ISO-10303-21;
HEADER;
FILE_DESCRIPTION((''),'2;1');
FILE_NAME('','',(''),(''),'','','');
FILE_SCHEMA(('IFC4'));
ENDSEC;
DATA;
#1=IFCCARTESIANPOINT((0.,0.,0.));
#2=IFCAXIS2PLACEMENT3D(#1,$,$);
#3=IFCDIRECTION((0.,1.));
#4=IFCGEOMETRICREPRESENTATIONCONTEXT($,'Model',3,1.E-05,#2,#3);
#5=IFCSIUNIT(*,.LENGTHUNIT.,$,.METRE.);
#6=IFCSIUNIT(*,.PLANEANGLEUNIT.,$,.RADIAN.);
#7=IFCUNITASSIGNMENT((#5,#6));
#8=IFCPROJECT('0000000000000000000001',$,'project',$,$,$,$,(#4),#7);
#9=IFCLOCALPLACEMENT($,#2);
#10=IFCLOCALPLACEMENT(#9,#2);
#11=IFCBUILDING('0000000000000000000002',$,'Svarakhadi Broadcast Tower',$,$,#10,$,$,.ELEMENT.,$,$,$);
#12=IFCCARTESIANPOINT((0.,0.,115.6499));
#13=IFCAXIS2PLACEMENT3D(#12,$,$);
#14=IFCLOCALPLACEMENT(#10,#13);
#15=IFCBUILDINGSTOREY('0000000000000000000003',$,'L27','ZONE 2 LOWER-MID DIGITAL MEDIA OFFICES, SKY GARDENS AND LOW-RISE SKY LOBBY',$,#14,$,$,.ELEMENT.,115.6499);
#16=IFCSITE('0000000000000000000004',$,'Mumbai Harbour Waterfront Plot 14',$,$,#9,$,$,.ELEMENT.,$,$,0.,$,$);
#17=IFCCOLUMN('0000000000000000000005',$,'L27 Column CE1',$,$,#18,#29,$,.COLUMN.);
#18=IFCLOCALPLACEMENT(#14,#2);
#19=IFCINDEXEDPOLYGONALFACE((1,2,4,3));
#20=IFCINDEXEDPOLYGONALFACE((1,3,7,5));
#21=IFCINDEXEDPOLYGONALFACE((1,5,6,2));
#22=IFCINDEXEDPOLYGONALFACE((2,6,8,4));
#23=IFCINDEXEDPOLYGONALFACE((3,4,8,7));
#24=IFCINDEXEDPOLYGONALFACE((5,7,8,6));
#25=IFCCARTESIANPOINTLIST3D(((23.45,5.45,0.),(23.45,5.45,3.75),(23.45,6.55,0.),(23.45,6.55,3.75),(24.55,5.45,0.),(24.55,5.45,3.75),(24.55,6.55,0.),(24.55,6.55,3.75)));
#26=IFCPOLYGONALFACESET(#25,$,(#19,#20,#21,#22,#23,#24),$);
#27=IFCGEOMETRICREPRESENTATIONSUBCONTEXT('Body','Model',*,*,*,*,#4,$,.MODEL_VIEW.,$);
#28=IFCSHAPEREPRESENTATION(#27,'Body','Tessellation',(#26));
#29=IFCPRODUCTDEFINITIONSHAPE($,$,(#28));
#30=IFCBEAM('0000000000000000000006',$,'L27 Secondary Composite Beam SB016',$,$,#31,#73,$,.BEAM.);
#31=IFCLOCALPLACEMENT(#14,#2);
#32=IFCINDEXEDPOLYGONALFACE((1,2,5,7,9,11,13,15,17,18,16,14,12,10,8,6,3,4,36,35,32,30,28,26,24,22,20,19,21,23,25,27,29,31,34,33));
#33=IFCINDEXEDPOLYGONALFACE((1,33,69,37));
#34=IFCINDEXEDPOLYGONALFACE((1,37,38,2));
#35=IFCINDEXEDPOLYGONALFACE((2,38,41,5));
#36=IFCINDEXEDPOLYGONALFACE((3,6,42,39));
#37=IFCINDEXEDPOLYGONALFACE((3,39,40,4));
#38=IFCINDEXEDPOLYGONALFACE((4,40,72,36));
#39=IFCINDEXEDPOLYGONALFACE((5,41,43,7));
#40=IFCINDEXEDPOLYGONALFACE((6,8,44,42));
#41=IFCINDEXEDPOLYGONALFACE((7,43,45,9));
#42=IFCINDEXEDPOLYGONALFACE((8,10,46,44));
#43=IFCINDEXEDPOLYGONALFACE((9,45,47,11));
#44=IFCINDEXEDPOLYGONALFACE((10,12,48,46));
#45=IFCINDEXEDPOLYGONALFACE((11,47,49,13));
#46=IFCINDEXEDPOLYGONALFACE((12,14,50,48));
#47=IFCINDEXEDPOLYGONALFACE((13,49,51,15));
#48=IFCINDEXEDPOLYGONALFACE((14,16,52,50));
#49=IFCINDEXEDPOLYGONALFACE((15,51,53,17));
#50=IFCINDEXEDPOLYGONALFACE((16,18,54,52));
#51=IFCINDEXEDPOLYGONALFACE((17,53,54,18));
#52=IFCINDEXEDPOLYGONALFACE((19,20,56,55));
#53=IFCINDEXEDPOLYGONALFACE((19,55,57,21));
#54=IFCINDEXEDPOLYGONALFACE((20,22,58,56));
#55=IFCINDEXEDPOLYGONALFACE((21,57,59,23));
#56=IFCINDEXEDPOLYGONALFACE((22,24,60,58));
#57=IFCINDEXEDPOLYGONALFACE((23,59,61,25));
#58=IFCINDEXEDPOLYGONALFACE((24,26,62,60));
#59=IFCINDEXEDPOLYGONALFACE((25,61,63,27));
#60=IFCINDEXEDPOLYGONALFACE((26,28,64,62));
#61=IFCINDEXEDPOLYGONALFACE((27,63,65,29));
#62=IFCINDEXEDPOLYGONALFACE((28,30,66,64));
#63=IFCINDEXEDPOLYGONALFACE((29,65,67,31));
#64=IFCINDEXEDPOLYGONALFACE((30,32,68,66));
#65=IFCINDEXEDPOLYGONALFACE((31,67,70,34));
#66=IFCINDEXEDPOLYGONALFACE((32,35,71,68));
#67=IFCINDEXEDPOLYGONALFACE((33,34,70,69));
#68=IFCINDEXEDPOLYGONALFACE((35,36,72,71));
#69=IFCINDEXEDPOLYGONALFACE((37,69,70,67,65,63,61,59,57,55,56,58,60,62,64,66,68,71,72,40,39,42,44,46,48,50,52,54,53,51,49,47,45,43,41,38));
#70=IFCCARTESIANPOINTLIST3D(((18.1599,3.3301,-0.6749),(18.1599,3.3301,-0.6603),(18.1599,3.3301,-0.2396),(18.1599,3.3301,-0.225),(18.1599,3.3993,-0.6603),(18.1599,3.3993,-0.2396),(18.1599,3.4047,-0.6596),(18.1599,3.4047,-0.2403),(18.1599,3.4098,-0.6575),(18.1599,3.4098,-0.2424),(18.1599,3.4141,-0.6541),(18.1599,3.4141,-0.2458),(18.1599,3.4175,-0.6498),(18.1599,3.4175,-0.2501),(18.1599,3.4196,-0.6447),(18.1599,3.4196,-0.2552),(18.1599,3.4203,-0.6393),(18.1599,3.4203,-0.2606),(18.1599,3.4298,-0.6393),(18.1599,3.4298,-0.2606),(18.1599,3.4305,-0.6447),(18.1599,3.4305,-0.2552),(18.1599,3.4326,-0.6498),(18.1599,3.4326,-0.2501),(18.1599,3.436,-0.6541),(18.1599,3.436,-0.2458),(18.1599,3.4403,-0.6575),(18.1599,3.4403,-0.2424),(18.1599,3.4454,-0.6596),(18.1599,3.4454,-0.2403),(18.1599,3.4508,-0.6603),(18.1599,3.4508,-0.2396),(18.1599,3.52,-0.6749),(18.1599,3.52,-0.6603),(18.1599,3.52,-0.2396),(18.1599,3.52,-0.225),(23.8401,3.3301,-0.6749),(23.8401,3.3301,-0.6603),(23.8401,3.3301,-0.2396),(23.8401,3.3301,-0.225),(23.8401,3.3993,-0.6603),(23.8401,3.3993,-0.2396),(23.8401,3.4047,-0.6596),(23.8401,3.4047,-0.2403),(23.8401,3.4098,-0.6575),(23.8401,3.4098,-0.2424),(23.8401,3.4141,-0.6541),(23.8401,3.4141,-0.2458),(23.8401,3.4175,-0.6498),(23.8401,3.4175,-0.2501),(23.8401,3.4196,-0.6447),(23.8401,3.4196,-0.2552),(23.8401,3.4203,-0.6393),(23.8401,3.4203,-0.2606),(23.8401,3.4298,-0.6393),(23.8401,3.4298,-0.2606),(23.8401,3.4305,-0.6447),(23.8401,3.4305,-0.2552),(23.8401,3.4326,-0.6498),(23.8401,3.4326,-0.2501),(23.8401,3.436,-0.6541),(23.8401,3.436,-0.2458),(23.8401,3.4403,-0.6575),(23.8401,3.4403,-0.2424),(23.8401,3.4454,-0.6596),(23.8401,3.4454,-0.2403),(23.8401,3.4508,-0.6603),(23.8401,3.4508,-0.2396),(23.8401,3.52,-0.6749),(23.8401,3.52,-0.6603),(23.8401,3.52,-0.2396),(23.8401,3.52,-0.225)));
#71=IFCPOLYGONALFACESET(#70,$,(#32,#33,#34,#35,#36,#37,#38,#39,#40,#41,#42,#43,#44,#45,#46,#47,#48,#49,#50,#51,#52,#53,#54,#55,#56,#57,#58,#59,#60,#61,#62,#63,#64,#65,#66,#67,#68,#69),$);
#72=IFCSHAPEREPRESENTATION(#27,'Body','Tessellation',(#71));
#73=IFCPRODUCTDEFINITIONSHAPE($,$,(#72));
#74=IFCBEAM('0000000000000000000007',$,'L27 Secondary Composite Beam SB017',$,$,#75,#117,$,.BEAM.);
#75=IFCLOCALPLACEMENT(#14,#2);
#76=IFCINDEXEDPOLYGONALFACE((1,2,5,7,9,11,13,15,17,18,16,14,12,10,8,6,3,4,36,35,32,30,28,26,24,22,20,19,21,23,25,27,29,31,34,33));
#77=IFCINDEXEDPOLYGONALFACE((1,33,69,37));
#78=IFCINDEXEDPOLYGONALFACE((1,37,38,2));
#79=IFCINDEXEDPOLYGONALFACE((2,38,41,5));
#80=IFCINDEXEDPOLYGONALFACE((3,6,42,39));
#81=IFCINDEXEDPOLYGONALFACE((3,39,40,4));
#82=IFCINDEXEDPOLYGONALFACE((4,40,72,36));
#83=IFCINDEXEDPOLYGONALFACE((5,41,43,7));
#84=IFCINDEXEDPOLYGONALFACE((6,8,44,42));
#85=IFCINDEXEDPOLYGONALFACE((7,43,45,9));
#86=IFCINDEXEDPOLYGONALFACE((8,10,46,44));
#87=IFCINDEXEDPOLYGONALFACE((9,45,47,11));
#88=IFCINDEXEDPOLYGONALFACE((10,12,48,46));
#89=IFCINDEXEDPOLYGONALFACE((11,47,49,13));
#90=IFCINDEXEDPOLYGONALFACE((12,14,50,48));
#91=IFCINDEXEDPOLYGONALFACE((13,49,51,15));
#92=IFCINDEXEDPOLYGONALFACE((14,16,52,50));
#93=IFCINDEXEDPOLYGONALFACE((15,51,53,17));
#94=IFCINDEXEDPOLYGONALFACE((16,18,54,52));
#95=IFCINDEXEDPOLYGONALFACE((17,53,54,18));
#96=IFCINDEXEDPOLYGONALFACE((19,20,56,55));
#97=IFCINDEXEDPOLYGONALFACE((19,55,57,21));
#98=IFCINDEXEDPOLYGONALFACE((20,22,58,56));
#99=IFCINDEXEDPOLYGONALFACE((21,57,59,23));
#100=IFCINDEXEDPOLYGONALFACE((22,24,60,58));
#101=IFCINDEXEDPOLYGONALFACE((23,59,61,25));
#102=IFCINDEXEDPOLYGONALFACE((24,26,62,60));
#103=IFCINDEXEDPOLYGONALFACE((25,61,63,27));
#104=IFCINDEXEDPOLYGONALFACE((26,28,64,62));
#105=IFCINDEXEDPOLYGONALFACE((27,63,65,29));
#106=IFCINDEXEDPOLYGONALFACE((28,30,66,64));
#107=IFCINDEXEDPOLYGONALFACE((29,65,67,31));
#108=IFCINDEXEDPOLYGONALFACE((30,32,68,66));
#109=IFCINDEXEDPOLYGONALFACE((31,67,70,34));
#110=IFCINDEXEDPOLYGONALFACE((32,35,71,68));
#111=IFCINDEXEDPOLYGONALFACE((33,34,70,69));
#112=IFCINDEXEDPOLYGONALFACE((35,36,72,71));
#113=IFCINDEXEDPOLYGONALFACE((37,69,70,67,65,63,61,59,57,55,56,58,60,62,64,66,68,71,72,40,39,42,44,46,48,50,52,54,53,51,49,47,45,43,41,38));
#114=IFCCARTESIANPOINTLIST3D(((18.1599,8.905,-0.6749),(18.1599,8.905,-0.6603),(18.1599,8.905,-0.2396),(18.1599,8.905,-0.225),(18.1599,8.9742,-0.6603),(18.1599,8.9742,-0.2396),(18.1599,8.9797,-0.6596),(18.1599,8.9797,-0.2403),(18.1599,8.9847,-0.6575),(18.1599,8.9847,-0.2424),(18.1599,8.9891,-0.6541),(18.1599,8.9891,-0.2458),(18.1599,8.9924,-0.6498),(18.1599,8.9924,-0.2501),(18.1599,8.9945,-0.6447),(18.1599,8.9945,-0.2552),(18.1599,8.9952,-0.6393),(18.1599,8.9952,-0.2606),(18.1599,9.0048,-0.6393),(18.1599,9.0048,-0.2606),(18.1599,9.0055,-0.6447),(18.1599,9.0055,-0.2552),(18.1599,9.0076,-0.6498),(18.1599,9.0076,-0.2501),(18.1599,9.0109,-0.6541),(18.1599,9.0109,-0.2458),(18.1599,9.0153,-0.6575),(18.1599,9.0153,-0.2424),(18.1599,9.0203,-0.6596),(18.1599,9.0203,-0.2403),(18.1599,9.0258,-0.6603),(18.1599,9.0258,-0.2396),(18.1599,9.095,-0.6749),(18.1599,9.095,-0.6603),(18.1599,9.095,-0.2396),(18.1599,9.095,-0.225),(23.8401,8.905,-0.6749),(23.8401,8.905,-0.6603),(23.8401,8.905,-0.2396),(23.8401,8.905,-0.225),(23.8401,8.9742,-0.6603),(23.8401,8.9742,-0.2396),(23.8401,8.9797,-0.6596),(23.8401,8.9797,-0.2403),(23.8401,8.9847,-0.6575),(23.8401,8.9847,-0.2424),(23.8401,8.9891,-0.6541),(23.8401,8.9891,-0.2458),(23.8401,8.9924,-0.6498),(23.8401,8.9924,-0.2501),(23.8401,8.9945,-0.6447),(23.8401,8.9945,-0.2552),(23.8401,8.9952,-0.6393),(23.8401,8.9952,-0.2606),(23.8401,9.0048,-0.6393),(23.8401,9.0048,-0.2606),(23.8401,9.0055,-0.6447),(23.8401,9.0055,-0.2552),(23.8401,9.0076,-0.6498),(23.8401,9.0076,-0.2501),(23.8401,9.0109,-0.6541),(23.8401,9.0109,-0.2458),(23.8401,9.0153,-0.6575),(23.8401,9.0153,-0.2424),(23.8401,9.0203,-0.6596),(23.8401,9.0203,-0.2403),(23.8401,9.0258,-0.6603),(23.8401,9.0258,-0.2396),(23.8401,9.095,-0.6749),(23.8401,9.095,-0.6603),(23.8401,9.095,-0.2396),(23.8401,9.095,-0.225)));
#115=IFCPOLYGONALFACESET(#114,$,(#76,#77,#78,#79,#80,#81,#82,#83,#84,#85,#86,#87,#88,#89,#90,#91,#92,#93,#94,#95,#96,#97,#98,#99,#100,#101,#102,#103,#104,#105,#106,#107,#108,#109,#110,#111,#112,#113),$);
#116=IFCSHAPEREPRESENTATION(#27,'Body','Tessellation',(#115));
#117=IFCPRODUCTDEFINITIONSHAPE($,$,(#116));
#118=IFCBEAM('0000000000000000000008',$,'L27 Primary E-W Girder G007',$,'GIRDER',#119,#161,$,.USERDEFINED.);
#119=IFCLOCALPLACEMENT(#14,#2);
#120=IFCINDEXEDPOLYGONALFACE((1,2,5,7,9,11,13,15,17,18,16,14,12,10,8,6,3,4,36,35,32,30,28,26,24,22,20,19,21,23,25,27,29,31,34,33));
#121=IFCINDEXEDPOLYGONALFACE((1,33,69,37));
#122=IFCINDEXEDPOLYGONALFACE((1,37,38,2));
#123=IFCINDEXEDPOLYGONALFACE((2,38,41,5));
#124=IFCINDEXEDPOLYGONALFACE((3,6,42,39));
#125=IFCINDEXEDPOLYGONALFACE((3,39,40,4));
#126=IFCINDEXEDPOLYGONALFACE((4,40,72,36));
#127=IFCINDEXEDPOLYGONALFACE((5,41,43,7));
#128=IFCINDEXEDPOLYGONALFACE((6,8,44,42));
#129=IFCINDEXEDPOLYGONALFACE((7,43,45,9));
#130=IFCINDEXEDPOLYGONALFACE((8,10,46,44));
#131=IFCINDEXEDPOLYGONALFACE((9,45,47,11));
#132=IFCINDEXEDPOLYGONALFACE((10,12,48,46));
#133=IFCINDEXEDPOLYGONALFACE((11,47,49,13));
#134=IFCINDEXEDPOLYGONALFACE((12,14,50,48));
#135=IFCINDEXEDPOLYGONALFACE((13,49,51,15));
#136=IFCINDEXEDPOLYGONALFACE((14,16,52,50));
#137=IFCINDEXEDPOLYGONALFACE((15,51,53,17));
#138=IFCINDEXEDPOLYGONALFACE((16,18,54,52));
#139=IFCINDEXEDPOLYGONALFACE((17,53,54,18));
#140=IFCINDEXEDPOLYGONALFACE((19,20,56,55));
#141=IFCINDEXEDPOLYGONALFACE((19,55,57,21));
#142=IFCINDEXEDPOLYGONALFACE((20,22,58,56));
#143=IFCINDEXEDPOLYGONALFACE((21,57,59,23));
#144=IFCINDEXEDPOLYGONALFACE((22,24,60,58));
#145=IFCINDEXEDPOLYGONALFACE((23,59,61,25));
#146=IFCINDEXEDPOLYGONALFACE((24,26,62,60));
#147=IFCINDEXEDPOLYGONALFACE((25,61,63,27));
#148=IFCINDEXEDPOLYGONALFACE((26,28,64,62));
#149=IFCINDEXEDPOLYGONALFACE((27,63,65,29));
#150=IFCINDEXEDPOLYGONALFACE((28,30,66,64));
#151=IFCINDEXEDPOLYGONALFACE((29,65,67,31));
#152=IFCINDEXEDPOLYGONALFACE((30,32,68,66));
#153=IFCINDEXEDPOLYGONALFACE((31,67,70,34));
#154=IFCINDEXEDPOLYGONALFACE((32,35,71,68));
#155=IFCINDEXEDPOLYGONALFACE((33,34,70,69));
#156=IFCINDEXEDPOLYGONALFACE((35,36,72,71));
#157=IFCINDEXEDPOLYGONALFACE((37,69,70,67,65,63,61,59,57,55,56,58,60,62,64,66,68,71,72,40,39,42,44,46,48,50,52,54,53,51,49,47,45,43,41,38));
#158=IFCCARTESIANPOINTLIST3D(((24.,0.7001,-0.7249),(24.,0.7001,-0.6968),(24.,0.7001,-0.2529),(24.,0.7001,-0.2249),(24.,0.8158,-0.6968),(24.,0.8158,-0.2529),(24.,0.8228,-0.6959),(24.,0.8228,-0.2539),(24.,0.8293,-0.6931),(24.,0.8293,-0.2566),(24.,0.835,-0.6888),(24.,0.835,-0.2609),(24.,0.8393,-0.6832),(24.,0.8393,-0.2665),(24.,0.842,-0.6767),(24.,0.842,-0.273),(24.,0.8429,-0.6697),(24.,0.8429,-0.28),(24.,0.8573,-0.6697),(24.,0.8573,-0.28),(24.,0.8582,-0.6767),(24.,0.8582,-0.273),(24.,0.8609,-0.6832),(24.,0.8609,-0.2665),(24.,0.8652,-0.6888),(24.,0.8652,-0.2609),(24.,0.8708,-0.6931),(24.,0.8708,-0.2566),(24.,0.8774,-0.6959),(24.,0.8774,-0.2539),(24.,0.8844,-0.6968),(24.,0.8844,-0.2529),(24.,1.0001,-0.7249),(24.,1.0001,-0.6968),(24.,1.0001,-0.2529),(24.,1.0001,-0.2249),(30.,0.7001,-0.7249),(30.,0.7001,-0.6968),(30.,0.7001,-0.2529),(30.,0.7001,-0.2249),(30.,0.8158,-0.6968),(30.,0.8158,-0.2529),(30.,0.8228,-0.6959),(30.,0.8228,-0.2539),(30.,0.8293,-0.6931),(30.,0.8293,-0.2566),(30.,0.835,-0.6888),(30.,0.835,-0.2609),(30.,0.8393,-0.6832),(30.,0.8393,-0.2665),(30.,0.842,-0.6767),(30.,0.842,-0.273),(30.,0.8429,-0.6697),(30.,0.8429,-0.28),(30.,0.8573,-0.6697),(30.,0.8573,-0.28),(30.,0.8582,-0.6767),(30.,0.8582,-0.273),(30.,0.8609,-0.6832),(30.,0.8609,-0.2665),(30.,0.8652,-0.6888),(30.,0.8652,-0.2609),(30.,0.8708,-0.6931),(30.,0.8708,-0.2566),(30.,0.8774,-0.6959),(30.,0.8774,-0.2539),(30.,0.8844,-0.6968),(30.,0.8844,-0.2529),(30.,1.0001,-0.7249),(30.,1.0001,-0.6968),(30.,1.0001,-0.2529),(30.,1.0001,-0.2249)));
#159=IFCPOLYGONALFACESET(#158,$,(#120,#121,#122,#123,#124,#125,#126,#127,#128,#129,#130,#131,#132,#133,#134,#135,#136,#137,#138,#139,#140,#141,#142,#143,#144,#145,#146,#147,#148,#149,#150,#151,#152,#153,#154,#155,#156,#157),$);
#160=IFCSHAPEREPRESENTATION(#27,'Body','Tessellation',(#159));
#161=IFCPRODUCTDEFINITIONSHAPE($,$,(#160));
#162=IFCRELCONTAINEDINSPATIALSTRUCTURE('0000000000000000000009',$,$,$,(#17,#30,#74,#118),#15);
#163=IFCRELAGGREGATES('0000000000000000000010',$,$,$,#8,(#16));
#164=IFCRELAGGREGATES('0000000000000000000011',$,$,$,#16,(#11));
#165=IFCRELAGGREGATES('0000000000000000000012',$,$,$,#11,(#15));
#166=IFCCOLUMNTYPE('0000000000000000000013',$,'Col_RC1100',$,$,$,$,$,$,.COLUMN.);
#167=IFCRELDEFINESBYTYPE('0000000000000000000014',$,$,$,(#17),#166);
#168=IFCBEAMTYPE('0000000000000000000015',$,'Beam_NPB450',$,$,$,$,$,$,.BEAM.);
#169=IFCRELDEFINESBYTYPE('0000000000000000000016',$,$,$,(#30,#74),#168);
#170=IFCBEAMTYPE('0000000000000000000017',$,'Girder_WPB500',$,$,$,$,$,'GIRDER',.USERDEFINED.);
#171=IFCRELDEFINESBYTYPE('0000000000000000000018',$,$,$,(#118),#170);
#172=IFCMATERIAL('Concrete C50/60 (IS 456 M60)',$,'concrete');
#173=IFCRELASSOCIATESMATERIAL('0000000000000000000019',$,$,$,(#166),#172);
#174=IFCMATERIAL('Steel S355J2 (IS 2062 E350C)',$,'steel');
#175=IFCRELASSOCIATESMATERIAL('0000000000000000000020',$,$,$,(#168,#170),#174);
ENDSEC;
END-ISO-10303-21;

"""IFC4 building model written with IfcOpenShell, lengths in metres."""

from ifc_helpers import new_model, si_unit, direction, frame, origin, origin_2d, place, context, subcontext, project, spatial, rectangle, i_section, extrude, material, material_profile, profile_set, type_object, element, save


model = new_model("IFC4")

# Units and contexts
model_context = context("Model", 3, precision=1e-05, world=origin(), true_north=direction((0.0, 1.0)))
body_context = subcontext(model_context, "Body", "Model", "MODEL_VIEW")
ifc_project = project(units=[si_unit("LENGTHUNIT", "METRE"), si_unit("PLANEANGLEUNIT", "RADIAN")], contexts=[model_context])

# Site, building, storey
site_placement = place(None, origin())
site = spatial("IfcSite", under=ifc_project, at=site_placement, Name="Mumbai Harbour Waterfront Plot 14", CompositionType="ELEMENT", RefElevation=0.0)
building_placement = place(site_placement, origin())
building = spatial("IfcBuilding", under=site, at=building_placement, Name="Svarakhadi Broadcast Tower", CompositionType="ELEMENT")
storey_placement = place(building_placement, frame((0.0, 0.0, 115.6499)))
storey = spatial("IfcBuildingStorey", under=building, at=storey_placement, Name="L27", Description="ZONE 2 LOWER-MID DIGITAL MEDIA OFFICES, SKY GARDENS AND LOW-RISE SKY LOBBY", CompositionType="ELEMENT", Elevation=115.6499)

# Column
ifc_material_1 = material(Name="Concrete C50/60 (IS 456 M60)", Category="concrete")
ifc_material_profile_1 = material_profile(ifc_material_1, rectangle(XDim=1.1001, YDim=1.1001, at=origin_2d()), Name="RC 1100x1100")
ifc_profile_set_1 = profile_set([ifc_material_profile_1], Name="Concrete C50/60 (IS 456 M60)")
column_type = type_object("IfcColumnType", Name="Col_RC1100", PredefinedType="COLUMN", material=ifc_profile_set_1)
column_placement = place(storey_placement, frame((24.0, 6.0, 0.0), z_axis=(0.0, 0.0, 1.0), x_axis=(1.0, 0.0, 0.0)))
element("IfcColumn", 1, at=column_placement, inside=storey, type_object=column_type, Name="L27 Column CE1", PredefinedType="COLUMN", context=body_context, shape_type="SweptSolid", body=[
    extrude(rectangle(XDim=1.1001, YDim=1.1001, at=origin_2d()), origin(), (0.0, 0.0, 1.0), 3.75),
])

# Beams
ifc_material_2 = material(Name="Steel S355J2 (IS 2062 E350C)", Category="steel")
ifc_material_profile_2 = material_profile(ifc_material_2, i_section(OverallWidth=0.1899, OverallDepth=0.45, WebThickness=0.0095, FlangeThickness=0.0146, FilletRadius=0.021, at=origin_2d()), Name="NPB 450x190x78")
ifc_profile_set_2 = profile_set([ifc_material_profile_2], Name="Steel S355J2 (IS 2062 E350C)")
beam_type_1 = type_object("IfcBeamType", Name="Beam_NPB450", PredefinedType="BEAM", material=ifc_profile_set_2)
for number, where, z_axis, x_axis, name in (
    (2, (18.1599, 3.425, -0.45), (1.0, 0.0, 0.0), (0.0, 1.0, 0.0), "L27 Secondary Composite Beam SB016"),
    (3, (18.1599, 9.0, -0.45), (1.0, 0.0, 0.0), (0.0, 1.0, 0.0), "L27 Secondary Composite Beam SB017"),
):
    element("IfcBeam", number, at=place(storey_placement, frame(where, z_axis=z_axis, x_axis=x_axis)), inside=storey, type_object=beam_type_1, Name=name, PredefinedType="BEAM", context=body_context, shape_type="SweptSolid", body=[
        extrude(i_section(OverallWidth=0.1899, OverallDepth=0.45, WebThickness=0.0095, FlangeThickness=0.0146, FilletRadius=0.021, at=origin_2d()), origin(), (0.0, 0.0, 1.0), 5.6802),
    ])
ifc_material_profile_3 = material_profile(ifc_material_2, i_section(OverallWidth=0.3, OverallDepth=0.5, WebThickness=0.0144, FlangeThickness=0.0281, FilletRadius=0.0271, at=origin_2d()), Name="WPB 500x300x187")
ifc_profile_set_3 = profile_set([ifc_material_profile_3], Name="Steel S355J2 (IS 2062 E350C)")
beam_type_2 = type_object("IfcBeamType", Name="Girder_WPB500", ElementType="GIRDER", PredefinedType="USERDEFINED", material=ifc_profile_set_3)
for number, where, z_axis, x_axis, name in (
    (4, (24.0, 0.8501, -0.4749), (1.0, 0.0, 0.0), (0.0, 1.0, 0.0), "L27 Primary E-W Girder G007"),
):
    element("IfcBeam", number, at=place(storey_placement, frame(where, z_axis=z_axis, x_axis=x_axis)), inside=storey, type_object=beam_type_2, Name=name, ObjectType="GIRDER", PredefinedType="USERDEFINED", context=body_context, shape_type="SweptSolid", body=[
        extrude(i_section(OverallWidth=0.3, OverallDepth=0.5, WebThickness=0.0144, FlangeThickness=0.0281, FilletRadius=0.0271, at=origin_2d()), origin(), (0.0, 0.0, 1.0), 6.0),
    ])

save(model, "model.ifc")
